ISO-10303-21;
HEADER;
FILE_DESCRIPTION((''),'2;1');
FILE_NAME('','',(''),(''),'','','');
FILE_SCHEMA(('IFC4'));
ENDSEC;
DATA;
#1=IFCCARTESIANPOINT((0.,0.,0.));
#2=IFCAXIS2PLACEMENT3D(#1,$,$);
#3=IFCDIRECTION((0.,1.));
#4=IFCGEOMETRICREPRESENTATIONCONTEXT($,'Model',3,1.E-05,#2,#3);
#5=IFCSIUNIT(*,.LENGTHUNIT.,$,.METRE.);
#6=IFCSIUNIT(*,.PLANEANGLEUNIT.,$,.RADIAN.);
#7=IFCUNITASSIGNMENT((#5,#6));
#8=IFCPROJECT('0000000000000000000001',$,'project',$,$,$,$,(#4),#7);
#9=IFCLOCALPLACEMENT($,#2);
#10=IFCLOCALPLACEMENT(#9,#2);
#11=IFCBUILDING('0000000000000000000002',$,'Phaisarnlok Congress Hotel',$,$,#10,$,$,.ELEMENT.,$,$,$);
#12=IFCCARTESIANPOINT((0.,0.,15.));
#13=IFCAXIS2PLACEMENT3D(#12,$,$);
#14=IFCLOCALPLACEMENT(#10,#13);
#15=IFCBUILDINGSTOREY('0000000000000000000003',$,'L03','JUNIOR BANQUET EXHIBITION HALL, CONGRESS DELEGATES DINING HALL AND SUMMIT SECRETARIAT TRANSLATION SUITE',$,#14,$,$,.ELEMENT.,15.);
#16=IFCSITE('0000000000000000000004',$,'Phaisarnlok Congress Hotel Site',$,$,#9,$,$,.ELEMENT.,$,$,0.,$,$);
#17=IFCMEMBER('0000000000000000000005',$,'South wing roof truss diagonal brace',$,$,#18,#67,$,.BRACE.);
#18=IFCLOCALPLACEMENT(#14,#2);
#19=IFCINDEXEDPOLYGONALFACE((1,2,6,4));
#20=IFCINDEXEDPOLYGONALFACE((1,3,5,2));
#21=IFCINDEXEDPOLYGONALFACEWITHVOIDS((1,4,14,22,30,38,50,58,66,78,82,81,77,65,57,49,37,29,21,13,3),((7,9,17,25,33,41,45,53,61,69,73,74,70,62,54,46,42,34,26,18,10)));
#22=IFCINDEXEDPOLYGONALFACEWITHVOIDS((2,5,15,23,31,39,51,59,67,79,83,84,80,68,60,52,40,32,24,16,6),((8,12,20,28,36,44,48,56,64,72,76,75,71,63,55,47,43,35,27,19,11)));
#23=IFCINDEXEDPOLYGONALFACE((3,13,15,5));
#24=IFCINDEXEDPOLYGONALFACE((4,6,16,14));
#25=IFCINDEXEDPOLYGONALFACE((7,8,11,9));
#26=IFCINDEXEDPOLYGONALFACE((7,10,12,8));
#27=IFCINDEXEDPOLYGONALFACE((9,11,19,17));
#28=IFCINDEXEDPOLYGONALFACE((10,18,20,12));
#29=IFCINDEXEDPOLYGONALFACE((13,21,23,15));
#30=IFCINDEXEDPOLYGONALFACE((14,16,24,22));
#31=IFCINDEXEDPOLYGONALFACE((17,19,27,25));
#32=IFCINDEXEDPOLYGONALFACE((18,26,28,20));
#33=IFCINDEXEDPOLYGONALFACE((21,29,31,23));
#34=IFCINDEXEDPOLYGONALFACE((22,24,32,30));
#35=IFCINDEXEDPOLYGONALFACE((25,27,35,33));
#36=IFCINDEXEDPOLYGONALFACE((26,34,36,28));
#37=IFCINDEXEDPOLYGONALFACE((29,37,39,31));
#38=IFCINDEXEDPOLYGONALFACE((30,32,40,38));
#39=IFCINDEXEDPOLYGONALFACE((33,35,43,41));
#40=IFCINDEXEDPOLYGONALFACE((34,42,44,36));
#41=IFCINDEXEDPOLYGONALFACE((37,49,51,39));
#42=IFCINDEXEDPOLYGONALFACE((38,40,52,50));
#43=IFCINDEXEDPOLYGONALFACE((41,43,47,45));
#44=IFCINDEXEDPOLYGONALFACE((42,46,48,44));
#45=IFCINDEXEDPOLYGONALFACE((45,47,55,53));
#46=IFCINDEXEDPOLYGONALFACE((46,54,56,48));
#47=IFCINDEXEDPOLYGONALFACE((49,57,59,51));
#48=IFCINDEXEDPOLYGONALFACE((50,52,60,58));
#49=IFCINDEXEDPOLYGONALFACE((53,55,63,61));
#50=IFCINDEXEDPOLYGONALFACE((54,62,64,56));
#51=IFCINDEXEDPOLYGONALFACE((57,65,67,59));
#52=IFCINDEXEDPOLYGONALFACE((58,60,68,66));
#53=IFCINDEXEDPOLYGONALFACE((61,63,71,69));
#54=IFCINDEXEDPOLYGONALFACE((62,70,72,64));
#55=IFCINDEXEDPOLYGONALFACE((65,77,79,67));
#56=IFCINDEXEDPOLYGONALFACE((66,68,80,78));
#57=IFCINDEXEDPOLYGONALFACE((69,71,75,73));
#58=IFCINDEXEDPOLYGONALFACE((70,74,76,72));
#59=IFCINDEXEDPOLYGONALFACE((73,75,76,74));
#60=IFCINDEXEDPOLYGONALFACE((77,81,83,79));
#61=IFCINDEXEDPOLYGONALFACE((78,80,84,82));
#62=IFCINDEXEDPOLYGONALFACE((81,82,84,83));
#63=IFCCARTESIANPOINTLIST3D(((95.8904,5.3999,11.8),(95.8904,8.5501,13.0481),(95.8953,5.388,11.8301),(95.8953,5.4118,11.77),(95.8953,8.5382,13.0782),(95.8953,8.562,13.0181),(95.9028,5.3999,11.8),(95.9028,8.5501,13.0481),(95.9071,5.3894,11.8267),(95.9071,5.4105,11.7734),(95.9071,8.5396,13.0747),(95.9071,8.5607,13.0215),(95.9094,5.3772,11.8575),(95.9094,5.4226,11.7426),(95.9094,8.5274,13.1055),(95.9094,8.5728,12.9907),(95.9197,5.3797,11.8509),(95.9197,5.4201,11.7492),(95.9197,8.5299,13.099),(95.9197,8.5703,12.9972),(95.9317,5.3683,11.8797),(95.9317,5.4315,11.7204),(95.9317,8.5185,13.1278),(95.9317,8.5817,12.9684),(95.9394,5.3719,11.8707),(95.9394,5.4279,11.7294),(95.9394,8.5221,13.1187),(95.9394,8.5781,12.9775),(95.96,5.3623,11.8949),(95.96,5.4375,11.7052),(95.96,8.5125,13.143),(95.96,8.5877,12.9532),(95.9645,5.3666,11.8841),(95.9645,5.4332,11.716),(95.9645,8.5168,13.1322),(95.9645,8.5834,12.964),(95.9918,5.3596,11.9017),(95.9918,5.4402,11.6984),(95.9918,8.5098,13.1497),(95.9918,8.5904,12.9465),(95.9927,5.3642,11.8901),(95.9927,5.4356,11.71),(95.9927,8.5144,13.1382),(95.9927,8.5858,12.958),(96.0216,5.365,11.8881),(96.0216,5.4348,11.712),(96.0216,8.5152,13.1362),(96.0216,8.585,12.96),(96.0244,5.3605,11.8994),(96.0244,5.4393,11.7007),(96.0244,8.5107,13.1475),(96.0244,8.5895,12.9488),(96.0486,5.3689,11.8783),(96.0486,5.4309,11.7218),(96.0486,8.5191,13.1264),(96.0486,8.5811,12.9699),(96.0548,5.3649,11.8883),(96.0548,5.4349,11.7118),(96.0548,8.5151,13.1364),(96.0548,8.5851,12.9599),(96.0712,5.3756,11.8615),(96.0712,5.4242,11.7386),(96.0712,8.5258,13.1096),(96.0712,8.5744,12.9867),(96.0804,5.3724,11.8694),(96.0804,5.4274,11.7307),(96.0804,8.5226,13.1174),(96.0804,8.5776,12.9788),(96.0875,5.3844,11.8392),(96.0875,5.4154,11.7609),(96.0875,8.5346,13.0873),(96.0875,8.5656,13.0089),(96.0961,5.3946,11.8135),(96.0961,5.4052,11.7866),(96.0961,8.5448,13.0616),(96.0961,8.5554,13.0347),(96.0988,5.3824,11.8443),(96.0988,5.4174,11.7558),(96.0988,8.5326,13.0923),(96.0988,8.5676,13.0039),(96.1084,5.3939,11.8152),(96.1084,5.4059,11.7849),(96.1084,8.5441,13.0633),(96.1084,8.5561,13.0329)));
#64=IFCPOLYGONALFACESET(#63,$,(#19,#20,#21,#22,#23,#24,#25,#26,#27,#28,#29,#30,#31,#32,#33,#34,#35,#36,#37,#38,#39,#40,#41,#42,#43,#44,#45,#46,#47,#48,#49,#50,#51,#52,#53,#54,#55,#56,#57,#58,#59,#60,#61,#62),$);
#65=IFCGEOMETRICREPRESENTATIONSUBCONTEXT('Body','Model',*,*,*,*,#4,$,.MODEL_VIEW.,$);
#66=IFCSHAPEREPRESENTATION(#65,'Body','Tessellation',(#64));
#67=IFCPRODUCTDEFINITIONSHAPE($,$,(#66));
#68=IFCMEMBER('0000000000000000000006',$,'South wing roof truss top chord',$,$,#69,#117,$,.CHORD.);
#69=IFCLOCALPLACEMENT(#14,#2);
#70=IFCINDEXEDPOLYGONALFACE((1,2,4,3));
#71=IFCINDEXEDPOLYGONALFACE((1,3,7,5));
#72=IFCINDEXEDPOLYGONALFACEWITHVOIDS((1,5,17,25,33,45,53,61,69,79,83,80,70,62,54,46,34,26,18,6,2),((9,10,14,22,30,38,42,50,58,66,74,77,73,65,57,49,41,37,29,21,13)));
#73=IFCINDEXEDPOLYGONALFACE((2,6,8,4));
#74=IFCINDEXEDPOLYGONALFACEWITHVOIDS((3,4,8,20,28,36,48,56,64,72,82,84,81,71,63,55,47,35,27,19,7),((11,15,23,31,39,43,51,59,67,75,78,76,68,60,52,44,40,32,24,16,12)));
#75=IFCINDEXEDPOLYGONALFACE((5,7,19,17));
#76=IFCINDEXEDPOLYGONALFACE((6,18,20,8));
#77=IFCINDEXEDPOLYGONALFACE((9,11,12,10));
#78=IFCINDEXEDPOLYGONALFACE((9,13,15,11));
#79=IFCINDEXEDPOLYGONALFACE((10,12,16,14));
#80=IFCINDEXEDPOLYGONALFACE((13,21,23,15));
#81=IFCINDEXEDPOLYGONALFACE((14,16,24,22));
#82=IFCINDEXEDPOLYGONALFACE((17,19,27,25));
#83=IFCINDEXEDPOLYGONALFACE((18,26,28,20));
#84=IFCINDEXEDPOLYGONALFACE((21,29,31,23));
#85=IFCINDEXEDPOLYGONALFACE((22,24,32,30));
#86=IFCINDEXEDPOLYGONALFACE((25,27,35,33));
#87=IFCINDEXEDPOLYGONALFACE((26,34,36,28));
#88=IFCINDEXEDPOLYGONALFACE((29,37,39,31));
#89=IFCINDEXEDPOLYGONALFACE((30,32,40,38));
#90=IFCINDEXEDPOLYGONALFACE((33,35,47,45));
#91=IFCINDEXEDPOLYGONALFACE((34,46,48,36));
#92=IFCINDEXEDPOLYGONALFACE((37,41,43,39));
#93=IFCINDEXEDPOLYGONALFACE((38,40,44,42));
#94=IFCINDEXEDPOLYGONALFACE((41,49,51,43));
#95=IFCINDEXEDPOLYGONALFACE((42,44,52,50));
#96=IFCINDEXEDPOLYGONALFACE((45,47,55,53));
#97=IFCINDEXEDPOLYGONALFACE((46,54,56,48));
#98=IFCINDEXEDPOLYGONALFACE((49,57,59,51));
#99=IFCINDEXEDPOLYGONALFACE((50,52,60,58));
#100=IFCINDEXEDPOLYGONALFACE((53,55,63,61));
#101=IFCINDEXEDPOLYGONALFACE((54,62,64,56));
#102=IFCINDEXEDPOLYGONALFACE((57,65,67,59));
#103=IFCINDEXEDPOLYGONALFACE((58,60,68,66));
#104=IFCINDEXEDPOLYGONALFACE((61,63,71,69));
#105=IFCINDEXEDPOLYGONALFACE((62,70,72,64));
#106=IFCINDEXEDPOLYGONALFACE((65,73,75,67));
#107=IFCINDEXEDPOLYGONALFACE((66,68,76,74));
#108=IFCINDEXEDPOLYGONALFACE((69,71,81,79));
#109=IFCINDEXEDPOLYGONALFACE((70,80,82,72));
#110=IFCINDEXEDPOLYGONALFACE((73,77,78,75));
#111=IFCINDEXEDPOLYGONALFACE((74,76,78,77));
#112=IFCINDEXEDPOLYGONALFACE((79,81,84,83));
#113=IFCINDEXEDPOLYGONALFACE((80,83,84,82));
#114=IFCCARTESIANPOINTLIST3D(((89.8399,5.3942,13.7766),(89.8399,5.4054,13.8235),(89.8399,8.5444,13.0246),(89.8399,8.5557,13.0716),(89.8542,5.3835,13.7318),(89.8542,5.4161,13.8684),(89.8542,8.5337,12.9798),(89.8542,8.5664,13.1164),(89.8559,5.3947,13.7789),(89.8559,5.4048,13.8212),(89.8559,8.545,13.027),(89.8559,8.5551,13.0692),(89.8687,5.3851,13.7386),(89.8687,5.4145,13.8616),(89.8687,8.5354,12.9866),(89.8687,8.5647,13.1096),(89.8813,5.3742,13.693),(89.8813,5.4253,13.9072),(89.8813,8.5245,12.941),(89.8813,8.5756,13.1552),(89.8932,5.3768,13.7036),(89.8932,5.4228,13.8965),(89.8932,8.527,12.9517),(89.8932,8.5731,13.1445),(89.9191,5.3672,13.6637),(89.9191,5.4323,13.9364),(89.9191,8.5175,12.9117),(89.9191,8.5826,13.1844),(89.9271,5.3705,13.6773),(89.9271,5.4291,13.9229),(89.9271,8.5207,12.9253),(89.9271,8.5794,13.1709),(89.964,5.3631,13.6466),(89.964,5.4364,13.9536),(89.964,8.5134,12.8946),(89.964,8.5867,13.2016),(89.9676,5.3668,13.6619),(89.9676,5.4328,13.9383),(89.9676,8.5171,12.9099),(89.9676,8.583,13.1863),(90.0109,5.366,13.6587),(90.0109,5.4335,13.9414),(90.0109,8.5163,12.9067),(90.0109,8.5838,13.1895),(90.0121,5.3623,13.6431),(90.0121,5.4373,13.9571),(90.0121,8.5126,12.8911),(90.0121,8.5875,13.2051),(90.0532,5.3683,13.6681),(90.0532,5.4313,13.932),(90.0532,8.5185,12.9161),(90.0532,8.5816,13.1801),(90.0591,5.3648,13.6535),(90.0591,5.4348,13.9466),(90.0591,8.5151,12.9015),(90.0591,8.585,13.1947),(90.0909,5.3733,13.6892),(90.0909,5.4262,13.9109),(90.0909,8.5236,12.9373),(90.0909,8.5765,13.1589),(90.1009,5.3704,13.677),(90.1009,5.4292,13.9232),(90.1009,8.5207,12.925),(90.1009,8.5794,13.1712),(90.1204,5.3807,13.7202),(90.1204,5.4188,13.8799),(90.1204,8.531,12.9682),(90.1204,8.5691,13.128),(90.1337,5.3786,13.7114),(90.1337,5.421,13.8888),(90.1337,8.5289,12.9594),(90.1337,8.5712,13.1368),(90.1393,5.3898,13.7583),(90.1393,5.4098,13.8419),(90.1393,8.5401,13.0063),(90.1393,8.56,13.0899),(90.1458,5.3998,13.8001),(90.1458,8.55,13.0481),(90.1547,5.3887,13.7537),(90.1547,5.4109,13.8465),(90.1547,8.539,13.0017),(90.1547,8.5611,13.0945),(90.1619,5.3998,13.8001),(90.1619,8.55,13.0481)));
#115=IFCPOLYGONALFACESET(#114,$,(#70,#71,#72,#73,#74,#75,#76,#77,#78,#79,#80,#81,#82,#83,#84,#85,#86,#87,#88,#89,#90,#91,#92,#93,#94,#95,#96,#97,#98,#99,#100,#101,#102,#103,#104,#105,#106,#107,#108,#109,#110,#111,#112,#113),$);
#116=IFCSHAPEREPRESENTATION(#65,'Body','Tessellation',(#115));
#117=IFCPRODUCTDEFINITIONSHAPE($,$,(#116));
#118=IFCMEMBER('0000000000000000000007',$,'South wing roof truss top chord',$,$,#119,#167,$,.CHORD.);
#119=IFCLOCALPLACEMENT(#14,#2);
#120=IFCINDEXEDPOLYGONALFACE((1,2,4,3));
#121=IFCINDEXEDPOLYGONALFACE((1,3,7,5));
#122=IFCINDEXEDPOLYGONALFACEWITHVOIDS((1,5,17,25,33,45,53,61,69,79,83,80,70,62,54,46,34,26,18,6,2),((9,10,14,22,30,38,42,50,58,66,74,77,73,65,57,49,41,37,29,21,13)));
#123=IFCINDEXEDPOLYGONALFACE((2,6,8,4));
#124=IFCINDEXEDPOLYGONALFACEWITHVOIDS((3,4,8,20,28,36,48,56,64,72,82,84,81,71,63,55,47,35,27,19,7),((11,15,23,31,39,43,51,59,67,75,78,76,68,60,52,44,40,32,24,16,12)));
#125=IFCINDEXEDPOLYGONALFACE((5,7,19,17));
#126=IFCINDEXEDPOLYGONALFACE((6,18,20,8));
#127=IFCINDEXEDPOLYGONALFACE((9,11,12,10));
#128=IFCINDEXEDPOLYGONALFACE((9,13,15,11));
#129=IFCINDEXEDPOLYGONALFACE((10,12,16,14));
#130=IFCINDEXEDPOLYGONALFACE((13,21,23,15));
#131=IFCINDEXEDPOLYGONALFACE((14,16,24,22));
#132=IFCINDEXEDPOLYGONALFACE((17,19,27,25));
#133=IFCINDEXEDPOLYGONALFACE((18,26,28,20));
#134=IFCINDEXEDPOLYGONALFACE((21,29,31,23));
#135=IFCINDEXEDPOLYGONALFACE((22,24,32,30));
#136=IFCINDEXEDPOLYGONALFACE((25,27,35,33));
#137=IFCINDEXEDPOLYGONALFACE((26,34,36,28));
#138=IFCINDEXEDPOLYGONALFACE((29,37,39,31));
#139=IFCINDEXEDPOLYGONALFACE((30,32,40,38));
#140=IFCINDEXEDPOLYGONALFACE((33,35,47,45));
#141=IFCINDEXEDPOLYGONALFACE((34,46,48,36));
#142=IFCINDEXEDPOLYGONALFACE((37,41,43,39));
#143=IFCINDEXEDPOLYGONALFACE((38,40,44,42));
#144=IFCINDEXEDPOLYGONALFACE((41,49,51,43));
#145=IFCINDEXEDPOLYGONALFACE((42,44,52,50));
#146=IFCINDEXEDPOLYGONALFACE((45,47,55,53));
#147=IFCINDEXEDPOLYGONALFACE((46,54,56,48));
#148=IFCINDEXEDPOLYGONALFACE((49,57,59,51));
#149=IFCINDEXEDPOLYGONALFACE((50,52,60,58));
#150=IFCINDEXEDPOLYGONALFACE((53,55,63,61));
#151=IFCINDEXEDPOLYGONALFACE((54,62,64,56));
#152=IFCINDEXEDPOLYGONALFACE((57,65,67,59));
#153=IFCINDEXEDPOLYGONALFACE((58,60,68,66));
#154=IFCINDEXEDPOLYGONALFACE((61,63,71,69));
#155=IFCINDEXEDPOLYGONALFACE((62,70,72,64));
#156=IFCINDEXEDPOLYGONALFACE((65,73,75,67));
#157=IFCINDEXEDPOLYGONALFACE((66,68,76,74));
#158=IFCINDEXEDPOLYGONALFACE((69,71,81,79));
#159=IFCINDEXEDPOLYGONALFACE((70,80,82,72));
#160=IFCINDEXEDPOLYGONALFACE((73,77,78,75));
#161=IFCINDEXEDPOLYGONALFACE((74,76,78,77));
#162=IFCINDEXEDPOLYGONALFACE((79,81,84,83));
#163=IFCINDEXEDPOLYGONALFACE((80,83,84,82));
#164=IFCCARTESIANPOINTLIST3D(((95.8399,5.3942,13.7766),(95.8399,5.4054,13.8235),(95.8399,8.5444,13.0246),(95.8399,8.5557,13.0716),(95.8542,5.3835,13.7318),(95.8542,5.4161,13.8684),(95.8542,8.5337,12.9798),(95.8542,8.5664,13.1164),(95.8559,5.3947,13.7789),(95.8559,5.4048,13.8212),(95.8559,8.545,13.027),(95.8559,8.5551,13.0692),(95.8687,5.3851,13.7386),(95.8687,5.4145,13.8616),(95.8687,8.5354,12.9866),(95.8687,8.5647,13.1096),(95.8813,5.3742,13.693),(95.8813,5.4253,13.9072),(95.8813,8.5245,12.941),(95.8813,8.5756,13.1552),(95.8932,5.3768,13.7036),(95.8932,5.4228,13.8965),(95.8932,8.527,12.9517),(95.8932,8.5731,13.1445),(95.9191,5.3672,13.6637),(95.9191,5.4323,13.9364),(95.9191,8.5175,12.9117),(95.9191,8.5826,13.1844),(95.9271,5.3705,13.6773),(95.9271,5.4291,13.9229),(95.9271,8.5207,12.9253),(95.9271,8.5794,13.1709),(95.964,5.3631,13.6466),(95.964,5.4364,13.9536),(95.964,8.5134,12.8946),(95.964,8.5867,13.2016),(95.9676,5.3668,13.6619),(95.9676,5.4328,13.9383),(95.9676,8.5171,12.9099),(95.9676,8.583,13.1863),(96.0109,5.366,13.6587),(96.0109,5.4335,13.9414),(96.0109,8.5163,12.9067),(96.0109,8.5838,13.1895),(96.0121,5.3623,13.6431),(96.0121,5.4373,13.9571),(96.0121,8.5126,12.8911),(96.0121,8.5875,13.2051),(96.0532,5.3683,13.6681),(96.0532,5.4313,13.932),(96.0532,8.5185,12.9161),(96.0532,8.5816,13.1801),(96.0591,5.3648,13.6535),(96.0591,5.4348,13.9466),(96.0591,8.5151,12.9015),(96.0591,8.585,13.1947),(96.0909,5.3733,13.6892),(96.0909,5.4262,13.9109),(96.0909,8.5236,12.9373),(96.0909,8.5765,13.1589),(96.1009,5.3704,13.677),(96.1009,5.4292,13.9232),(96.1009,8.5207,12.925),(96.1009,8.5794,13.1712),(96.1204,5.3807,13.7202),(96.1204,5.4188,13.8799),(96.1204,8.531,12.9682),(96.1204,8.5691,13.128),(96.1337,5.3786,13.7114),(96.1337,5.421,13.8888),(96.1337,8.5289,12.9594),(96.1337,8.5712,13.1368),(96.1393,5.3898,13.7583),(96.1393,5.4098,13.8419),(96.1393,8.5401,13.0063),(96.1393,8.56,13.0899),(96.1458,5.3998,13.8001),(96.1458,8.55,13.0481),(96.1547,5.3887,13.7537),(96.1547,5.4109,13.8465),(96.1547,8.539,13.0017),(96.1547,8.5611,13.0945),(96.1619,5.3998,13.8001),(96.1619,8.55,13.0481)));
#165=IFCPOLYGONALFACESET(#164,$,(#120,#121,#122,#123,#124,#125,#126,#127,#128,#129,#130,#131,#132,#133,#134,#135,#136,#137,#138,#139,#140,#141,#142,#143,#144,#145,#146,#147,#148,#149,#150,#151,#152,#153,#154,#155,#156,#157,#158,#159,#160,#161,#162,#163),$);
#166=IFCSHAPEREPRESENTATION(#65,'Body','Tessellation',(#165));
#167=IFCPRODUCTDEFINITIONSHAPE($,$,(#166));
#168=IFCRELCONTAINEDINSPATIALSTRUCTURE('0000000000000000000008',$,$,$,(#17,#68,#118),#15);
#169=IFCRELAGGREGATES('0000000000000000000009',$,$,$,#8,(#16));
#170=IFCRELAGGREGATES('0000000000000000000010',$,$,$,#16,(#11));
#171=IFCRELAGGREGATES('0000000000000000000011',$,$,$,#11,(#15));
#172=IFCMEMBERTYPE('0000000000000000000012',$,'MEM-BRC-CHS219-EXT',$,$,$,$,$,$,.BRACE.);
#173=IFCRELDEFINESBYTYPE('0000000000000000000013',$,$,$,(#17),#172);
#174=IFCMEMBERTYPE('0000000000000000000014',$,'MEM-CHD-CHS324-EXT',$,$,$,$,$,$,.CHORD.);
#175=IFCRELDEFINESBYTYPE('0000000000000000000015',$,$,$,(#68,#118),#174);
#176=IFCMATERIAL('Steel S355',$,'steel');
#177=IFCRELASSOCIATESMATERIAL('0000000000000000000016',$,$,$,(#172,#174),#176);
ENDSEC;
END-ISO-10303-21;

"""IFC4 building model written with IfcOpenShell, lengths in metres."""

from ifc_helpers import new_model, si_unit, direction, frame, origin, origin_2d, place, context, subcontext, project, spatial, hollow_circle, extrude, material, material_profile, profile_set, type_object, element, save


model = new_model("IFC4")

# Units and contexts
model_context = context("Model", 3, precision=1e-05, world=origin(), true_north=direction((0.0, 1.0)))
body_context = subcontext(model_context, "Body", "Model", "MODEL_VIEW")
ifc_project = project(units=[si_unit("LENGTHUNIT", "METRE"), si_unit("PLANEANGLEUNIT", "RADIAN")], contexts=[model_context])

# Site, building, storey
site_placement = place(None, origin())
site = spatial("IfcSite", under=ifc_project, at=site_placement, Name="Phaisarnlok Congress Hotel Site", CompositionType="ELEMENT", RefElevation=0.0)
building_placement = place(site_placement, origin())
building = spatial("IfcBuilding", under=site, at=building_placement, Name="Phaisarnlok Congress Hotel", CompositionType="ELEMENT")
storey_placement = place(building_placement, frame((0.0, 0.0, 15.0)))
storey = spatial("IfcBuildingStorey", under=building, at=storey_placement, Name="L03", Description="JUNIOR BANQUET EXHIBITION HALL, CONGRESS DELEGATES DINING HALL AND SUMMIT SECRETARIAT TRANSLATION SUITE", CompositionType="ELEMENT", Elevation=15.0)

# Shared definitions
ifc_material = material(Name="Steel S355", Category="steel")

# Members
ifc_material_profile_1 = material_profile(ifc_material, hollow_circle(Radius=0.1096, WallThickness=0.0125, at=origin_2d()), Name="CHS 219.1x12.5")
ifc_profile_set_1 = profile_set([ifc_material_profile_1], Name="Steel S355")
member_type_1 = type_object("IfcMemberType", Name="MEM-BRC-CHS219-EXT", PredefinedType="BRACE", material=ifc_profile_set_1)
for number, where, z_axis, x_axis, name in (
    (1, (96.0, 5.3999, 11.8), (0.0, 0.929694, 0.368333), (-1.0, 0.0, 0.0), "South wing roof truss diagonal brace"),
):
    element("IfcMember", number, at=place(storey_placement, frame(where, z_axis=z_axis, x_axis=x_axis)), inside=storey, type_object=member_type_1, Name=name, PredefinedType="BRACE", context=body_context, shape_type="SweptSolid", body=[
        extrude(hollow_circle(Radius=0.1096, WallThickness=0.0125, at=origin_2d()), origin(), (0.0, 0.0, 1.0), 3.3884),
    ])
ifc_material_profile_2 = material_profile(ifc_material, hollow_circle(Radius=0.1619, WallThickness=0.0161, at=origin_2d()), Name="CHS 323.9x16")
ifc_profile_set_2 = profile_set([ifc_material_profile_2], Name="Steel S355")
member_type_2 = type_object("IfcMemberType", Name="MEM-CHD-CHS324-EXT", PredefinedType="CHORD", material=ifc_profile_set_2)
for number, where, z_axis, x_axis, name in (
    (2, (90.0, 8.55, 13.0481), (0.0, -0.972673, 0.232181), (1.0, 0.0, 0.0), "South wing roof truss top chord"),
    (3, (96.0, 8.55, 13.0481), (0.0, -0.972673, 0.232181), (1.0, 0.0, 0.0), "South wing roof truss top chord"),
):
    element("IfcMember", number, at=place(storey_placement, frame(where, z_axis=z_axis, x_axis=x_axis)), inside=storey, type_object=member_type_2, Name=name, PredefinedType="CHORD", context=body_context, shape_type="SweptSolid", body=[
        extrude(hollow_circle(Radius=0.1619, WallThickness=0.0161, at=origin_2d()), origin(), (0.0, 0.0, 1.0), 3.2388),
    ])

save(model, "model.ifc")
